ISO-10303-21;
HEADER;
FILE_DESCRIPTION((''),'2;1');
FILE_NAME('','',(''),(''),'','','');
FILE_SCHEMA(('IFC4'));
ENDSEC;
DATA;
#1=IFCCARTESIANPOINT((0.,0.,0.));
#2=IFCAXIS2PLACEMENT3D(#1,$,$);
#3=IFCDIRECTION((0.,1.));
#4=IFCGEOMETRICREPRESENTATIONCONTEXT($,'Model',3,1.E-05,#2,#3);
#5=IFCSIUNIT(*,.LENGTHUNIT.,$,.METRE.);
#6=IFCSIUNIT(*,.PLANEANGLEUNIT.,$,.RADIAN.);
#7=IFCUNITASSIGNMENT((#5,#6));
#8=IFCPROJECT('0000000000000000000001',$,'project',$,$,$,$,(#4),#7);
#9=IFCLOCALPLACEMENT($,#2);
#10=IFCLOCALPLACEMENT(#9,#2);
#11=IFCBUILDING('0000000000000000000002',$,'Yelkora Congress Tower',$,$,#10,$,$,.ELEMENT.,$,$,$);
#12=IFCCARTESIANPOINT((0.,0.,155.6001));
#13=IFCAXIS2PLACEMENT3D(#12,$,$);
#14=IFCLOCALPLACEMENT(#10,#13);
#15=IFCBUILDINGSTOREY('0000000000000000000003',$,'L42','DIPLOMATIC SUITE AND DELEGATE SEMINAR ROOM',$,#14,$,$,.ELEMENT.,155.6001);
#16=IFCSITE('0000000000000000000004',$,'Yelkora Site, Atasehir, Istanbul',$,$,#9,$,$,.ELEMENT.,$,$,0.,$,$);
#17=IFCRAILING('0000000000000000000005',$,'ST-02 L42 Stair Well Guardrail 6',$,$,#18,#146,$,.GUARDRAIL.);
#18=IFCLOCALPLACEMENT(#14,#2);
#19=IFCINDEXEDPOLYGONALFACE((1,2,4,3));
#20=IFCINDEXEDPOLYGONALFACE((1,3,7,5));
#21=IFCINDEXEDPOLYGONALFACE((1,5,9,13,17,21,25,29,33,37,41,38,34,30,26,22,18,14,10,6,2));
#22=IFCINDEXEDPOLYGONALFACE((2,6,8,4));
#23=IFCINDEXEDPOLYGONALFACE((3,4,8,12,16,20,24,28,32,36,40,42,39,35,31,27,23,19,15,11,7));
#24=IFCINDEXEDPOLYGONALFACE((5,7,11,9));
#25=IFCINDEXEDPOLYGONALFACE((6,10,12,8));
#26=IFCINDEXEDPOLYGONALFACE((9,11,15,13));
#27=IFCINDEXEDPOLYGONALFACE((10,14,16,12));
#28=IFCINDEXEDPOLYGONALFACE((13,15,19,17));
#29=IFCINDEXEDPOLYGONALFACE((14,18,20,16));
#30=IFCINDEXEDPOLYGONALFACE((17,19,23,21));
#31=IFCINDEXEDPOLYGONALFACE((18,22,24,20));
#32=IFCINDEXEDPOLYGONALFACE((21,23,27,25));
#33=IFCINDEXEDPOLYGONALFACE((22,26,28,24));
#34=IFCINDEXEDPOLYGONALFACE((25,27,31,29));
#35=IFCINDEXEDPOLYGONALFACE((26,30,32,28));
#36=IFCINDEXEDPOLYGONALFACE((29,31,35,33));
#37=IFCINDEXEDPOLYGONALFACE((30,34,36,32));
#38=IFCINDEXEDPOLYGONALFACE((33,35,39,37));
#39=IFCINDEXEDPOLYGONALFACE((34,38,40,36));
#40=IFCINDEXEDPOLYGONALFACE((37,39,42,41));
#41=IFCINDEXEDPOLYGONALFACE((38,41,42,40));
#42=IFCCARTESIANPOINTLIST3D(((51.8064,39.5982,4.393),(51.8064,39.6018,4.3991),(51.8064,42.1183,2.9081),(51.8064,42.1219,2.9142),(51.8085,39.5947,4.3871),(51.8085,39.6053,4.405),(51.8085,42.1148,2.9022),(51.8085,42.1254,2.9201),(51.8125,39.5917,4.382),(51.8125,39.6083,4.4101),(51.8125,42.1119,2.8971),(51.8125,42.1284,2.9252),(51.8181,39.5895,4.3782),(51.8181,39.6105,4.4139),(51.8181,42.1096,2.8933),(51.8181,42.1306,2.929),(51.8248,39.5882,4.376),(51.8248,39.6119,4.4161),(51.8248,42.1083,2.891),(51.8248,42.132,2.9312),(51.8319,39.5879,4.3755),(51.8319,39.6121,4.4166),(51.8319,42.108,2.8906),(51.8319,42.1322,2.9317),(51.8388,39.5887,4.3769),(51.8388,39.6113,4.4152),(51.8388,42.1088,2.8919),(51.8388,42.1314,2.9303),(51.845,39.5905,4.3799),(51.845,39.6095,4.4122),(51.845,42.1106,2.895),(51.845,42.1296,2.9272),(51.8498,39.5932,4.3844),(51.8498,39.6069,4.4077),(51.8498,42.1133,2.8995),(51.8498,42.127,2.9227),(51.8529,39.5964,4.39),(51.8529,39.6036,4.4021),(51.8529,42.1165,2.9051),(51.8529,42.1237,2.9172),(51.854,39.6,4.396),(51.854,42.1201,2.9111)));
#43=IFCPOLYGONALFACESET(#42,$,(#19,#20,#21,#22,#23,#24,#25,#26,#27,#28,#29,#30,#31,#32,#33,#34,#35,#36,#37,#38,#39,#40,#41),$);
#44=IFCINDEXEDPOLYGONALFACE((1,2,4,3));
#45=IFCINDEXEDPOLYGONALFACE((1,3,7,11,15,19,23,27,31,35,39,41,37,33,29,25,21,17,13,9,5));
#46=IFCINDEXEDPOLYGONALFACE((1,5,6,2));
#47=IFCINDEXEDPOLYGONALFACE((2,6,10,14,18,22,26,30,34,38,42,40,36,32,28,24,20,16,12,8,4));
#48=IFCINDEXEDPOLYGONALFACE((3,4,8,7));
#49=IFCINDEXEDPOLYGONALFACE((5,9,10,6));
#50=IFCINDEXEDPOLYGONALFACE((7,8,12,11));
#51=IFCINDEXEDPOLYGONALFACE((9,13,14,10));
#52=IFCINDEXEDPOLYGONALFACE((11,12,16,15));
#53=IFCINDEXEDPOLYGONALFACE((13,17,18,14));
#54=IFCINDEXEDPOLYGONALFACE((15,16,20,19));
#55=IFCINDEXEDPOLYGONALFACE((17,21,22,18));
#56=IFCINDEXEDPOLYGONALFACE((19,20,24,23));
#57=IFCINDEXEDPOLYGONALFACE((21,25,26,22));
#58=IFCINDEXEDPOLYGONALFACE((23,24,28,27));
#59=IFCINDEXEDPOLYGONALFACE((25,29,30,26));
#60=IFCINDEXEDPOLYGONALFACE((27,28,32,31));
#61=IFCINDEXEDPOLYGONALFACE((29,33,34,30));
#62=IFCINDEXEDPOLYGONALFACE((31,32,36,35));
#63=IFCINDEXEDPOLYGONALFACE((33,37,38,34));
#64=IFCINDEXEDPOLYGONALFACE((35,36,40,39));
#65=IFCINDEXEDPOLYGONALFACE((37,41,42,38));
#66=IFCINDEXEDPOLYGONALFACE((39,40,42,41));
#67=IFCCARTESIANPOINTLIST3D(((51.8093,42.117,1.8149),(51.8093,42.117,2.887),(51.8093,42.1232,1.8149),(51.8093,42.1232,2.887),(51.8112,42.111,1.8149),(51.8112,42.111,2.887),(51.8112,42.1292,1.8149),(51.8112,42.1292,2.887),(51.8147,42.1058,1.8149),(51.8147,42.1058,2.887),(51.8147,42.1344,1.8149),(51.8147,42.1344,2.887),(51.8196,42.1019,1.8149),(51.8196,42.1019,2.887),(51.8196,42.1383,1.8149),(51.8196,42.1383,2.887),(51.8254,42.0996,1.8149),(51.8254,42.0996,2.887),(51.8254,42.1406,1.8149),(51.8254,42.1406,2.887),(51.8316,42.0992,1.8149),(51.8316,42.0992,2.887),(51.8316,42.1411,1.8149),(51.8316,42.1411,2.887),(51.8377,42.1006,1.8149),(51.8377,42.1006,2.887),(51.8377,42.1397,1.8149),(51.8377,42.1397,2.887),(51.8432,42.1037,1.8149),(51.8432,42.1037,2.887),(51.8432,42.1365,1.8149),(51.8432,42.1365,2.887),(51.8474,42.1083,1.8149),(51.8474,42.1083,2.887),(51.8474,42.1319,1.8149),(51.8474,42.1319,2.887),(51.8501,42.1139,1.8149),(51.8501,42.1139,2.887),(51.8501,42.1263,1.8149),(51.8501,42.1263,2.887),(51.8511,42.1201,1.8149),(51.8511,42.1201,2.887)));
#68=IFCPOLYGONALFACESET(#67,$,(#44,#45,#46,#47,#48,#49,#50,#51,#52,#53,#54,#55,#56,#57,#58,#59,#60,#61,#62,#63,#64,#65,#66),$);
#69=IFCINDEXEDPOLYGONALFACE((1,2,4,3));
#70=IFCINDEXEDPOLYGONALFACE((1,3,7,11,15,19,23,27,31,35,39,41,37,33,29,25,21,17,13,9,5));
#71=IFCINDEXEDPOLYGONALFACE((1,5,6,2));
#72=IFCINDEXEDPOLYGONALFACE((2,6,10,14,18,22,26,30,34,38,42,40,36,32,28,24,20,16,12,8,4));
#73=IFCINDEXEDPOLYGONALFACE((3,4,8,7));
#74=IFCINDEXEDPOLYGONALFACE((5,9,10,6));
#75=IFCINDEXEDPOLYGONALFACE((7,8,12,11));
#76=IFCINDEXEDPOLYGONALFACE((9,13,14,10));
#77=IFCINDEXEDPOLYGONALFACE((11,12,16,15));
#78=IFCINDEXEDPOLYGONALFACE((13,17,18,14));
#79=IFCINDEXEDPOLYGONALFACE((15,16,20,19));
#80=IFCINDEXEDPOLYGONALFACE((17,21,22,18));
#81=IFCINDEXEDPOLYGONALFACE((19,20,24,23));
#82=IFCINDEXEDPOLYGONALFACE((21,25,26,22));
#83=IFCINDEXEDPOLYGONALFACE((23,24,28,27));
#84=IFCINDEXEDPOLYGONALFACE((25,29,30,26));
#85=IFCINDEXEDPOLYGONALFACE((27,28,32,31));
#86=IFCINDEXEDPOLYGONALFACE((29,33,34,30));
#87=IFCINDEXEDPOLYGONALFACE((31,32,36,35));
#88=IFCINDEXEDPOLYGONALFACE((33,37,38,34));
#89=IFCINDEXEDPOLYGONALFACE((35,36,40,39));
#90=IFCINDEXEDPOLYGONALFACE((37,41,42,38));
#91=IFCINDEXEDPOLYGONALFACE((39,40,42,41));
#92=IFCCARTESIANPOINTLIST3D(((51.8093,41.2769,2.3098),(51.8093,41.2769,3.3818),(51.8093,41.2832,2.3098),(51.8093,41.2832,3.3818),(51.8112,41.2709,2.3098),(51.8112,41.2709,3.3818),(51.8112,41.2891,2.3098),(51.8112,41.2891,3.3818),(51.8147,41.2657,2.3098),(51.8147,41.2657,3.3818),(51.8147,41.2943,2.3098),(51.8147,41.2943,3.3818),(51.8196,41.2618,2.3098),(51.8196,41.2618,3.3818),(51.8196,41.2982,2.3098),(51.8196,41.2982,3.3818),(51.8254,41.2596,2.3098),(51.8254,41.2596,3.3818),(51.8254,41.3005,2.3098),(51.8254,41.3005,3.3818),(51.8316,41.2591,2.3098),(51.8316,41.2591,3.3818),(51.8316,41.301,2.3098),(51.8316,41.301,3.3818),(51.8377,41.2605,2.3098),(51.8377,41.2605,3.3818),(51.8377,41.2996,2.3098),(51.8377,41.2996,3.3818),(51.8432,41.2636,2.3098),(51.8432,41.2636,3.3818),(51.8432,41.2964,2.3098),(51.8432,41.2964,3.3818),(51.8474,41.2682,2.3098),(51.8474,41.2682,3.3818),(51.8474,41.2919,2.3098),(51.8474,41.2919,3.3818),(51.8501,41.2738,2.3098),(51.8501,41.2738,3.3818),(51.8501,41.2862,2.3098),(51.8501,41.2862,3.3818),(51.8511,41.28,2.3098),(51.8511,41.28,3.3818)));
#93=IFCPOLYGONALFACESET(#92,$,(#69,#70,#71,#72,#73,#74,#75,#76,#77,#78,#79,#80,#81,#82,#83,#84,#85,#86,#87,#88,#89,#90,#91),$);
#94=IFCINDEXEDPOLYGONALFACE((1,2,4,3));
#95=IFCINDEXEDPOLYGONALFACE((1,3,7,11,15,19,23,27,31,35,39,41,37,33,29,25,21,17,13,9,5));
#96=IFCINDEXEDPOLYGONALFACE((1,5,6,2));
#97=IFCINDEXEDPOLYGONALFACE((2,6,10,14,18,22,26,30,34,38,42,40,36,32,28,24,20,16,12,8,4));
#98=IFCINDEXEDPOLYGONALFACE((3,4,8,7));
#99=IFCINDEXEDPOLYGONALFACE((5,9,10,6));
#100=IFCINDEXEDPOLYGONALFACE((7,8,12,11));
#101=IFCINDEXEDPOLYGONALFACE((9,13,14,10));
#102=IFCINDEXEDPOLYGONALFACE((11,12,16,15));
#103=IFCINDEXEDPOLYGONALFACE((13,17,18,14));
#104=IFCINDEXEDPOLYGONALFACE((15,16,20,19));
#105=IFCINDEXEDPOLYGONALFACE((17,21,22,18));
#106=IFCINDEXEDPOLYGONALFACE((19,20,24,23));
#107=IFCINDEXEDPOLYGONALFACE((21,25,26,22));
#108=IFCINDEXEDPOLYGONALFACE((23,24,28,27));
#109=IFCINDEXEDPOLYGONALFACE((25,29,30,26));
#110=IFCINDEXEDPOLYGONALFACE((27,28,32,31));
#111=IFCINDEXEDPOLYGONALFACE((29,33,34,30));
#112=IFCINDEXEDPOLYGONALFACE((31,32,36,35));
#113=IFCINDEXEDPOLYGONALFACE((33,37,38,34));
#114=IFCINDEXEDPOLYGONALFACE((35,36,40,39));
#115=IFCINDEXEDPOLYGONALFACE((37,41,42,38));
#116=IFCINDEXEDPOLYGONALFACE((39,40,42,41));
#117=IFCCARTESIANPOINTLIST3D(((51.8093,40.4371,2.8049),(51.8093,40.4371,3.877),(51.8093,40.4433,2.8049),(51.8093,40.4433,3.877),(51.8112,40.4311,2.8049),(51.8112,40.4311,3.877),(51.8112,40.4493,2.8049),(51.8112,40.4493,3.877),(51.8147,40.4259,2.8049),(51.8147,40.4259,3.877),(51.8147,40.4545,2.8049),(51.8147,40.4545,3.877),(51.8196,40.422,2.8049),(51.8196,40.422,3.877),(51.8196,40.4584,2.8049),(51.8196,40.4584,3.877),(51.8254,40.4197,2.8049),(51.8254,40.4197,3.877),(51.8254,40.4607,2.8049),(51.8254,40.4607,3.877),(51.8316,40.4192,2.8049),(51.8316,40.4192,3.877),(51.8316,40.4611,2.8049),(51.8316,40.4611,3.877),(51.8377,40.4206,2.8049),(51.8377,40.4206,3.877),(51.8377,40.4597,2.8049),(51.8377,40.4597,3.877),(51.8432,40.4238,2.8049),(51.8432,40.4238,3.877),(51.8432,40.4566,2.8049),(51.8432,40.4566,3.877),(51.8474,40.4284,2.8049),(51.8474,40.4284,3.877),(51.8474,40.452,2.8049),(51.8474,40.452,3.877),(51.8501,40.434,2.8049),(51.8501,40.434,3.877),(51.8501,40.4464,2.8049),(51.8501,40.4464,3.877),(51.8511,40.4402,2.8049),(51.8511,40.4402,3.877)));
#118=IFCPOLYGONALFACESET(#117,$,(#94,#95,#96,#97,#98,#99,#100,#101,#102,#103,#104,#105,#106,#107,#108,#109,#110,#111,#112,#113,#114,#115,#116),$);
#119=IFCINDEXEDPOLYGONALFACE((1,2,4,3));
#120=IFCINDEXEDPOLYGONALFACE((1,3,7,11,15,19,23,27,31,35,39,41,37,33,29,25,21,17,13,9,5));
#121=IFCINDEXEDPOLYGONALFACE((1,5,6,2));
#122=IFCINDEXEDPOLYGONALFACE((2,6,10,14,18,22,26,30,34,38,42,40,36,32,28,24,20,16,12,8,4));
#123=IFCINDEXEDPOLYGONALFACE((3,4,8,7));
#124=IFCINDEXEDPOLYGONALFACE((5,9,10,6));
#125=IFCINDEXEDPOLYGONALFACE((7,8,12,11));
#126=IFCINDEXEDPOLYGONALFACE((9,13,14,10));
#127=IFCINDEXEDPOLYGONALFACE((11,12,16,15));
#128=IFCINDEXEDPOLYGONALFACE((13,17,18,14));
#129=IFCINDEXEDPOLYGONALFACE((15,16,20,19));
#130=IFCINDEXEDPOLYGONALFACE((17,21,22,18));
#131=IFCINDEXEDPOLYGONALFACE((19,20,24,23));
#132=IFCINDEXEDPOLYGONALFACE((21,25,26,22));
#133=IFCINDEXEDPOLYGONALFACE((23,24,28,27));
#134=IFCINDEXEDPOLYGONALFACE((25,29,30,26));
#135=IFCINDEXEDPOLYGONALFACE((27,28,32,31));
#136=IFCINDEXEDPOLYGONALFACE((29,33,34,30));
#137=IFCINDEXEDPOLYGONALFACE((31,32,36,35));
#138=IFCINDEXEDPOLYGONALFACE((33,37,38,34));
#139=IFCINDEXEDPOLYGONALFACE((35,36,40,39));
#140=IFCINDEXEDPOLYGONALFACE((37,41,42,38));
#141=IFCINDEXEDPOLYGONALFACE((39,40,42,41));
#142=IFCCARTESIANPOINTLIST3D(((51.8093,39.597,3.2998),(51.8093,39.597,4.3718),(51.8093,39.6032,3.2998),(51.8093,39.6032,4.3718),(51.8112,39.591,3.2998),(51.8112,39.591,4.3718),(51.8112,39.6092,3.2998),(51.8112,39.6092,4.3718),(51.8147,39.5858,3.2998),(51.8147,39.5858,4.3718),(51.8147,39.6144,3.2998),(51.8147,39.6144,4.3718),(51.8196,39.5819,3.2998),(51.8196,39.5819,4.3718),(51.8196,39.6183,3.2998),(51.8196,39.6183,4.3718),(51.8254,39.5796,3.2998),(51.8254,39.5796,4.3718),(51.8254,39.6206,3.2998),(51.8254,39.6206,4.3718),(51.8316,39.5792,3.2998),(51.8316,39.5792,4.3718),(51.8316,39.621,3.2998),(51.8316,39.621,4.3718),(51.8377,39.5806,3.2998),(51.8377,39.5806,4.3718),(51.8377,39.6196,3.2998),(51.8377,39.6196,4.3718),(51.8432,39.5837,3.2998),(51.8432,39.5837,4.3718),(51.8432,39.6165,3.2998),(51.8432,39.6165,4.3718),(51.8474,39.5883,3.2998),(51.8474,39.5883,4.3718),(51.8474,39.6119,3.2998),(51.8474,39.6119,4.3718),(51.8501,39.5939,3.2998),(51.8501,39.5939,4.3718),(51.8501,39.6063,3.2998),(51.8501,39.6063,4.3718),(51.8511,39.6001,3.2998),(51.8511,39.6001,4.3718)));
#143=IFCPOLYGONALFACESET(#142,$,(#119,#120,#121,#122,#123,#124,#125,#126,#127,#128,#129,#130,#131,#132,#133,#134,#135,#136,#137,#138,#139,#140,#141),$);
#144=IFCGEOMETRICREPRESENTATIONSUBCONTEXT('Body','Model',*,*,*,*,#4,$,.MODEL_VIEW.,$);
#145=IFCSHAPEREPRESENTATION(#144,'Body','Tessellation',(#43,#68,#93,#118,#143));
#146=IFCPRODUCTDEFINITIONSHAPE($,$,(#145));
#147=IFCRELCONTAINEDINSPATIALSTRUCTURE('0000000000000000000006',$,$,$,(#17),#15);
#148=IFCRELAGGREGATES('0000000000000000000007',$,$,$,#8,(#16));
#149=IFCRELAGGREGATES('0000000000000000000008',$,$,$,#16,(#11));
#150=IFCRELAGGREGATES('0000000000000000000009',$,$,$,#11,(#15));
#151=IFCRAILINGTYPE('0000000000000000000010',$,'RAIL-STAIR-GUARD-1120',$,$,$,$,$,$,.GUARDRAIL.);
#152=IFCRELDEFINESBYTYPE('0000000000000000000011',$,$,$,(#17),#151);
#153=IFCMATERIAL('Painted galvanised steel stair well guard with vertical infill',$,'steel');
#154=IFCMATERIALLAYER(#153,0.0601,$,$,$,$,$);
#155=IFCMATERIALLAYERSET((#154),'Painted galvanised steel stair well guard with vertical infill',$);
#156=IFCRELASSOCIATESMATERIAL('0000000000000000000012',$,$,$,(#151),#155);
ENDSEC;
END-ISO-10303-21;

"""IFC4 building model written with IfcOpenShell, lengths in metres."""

from ifc_helpers import new_model, si_unit, direction, frame, origin, origin_2d, place, context, subcontext, project, spatial, circle, extrude, material, layer, layer_set, type_object, element, save


model = new_model("IFC4")

# Units and contexts
model_context = context("Model", 3, precision=1e-05, world=origin(), true_north=direction((0.0, 1.0)))
body_context = subcontext(model_context, "Body", "Model", "MODEL_VIEW")
ifc_project = project(units=[si_unit("LENGTHUNIT", "METRE"), si_unit("PLANEANGLEUNIT", "RADIAN")], contexts=[model_context])

# Site, building, storey
site_placement = place(None, origin())
site = spatial("IfcSite", under=ifc_project, at=site_placement, Name="Yelkora Site, Atasehir, Istanbul", CompositionType="ELEMENT", RefElevation=0.0)
building_placement = place(site_placement, origin())
building = spatial("IfcBuilding", under=site, at=building_placement, Name="Yelkora Congress Tower", CompositionType="ELEMENT")
storey_placement = place(building_placement, frame((0.0, 0.0, 155.6001)))
storey = spatial("IfcBuildingStorey", under=building, at=storey_placement, Name="L42", Description="DIPLOMATIC SUITE AND DELEGATE SEMINAR ROOM", CompositionType="ELEMENT", Elevation=155.6001)

# Railing
ifc_material_1 = material(Name="Painted galvanised steel stair well guard with vertical infill", Category="steel")
ifc_layer_1 = layer(ifc_material_1, 0.0601)
ifc_layer_set_1 = layer_set([ifc_layer_1], Name="Painted galvanised steel stair well guard with vertical infill")
railing_type_1 = type_object("IfcRailingType", Name="RAIL-STAIR-GUARD-1120", PredefinedType="GUARDRAIL", material=ifc_layer_set_1)
railing_1_placement = place(storey_placement, frame((51.8301, 42.1201, 1.8149)))
element("IfcRailing", 1, at=railing_1_placement, inside=storey, type_object=railing_type_1, Name="ST-02 L42 Stair Well Guardrail 6", PredefinedType="GUARDRAIL", context=body_context, shape_type="SweptSolid", body=[
    extrude(circle(Radius=0.0239, at=origin_2d()), frame((0.0, 0.0, 1.0962), z_axis=(0.0, -0.861561, 0.507655), x_axis=(1.0, 0.0, 0.0)), (0.0, 0.0, 1.0), 2.925),
    extrude(circle(Radius=0.021, at=origin_2d()), origin(), (0.0, 0.0, 1.0), 1.072),
    extrude(circle(Radius=0.021, at=origin_2d()), frame((0.0, -0.8401, 0.4949)), (0.0, 0.0, 1.0), 1.072),
    extrude(circle(Radius=0.021, at=origin_2d()), frame((0.0, -1.6799, 0.99)), (0.0, 0.0, 1.0), 1.072),
    extrude(circle(Radius=0.021, at=origin_2d()), frame((0.0, -2.52, 1.4849)), (0.0, 0.0, 1.0), 1.072),
])

save(model, "model.ifc")
